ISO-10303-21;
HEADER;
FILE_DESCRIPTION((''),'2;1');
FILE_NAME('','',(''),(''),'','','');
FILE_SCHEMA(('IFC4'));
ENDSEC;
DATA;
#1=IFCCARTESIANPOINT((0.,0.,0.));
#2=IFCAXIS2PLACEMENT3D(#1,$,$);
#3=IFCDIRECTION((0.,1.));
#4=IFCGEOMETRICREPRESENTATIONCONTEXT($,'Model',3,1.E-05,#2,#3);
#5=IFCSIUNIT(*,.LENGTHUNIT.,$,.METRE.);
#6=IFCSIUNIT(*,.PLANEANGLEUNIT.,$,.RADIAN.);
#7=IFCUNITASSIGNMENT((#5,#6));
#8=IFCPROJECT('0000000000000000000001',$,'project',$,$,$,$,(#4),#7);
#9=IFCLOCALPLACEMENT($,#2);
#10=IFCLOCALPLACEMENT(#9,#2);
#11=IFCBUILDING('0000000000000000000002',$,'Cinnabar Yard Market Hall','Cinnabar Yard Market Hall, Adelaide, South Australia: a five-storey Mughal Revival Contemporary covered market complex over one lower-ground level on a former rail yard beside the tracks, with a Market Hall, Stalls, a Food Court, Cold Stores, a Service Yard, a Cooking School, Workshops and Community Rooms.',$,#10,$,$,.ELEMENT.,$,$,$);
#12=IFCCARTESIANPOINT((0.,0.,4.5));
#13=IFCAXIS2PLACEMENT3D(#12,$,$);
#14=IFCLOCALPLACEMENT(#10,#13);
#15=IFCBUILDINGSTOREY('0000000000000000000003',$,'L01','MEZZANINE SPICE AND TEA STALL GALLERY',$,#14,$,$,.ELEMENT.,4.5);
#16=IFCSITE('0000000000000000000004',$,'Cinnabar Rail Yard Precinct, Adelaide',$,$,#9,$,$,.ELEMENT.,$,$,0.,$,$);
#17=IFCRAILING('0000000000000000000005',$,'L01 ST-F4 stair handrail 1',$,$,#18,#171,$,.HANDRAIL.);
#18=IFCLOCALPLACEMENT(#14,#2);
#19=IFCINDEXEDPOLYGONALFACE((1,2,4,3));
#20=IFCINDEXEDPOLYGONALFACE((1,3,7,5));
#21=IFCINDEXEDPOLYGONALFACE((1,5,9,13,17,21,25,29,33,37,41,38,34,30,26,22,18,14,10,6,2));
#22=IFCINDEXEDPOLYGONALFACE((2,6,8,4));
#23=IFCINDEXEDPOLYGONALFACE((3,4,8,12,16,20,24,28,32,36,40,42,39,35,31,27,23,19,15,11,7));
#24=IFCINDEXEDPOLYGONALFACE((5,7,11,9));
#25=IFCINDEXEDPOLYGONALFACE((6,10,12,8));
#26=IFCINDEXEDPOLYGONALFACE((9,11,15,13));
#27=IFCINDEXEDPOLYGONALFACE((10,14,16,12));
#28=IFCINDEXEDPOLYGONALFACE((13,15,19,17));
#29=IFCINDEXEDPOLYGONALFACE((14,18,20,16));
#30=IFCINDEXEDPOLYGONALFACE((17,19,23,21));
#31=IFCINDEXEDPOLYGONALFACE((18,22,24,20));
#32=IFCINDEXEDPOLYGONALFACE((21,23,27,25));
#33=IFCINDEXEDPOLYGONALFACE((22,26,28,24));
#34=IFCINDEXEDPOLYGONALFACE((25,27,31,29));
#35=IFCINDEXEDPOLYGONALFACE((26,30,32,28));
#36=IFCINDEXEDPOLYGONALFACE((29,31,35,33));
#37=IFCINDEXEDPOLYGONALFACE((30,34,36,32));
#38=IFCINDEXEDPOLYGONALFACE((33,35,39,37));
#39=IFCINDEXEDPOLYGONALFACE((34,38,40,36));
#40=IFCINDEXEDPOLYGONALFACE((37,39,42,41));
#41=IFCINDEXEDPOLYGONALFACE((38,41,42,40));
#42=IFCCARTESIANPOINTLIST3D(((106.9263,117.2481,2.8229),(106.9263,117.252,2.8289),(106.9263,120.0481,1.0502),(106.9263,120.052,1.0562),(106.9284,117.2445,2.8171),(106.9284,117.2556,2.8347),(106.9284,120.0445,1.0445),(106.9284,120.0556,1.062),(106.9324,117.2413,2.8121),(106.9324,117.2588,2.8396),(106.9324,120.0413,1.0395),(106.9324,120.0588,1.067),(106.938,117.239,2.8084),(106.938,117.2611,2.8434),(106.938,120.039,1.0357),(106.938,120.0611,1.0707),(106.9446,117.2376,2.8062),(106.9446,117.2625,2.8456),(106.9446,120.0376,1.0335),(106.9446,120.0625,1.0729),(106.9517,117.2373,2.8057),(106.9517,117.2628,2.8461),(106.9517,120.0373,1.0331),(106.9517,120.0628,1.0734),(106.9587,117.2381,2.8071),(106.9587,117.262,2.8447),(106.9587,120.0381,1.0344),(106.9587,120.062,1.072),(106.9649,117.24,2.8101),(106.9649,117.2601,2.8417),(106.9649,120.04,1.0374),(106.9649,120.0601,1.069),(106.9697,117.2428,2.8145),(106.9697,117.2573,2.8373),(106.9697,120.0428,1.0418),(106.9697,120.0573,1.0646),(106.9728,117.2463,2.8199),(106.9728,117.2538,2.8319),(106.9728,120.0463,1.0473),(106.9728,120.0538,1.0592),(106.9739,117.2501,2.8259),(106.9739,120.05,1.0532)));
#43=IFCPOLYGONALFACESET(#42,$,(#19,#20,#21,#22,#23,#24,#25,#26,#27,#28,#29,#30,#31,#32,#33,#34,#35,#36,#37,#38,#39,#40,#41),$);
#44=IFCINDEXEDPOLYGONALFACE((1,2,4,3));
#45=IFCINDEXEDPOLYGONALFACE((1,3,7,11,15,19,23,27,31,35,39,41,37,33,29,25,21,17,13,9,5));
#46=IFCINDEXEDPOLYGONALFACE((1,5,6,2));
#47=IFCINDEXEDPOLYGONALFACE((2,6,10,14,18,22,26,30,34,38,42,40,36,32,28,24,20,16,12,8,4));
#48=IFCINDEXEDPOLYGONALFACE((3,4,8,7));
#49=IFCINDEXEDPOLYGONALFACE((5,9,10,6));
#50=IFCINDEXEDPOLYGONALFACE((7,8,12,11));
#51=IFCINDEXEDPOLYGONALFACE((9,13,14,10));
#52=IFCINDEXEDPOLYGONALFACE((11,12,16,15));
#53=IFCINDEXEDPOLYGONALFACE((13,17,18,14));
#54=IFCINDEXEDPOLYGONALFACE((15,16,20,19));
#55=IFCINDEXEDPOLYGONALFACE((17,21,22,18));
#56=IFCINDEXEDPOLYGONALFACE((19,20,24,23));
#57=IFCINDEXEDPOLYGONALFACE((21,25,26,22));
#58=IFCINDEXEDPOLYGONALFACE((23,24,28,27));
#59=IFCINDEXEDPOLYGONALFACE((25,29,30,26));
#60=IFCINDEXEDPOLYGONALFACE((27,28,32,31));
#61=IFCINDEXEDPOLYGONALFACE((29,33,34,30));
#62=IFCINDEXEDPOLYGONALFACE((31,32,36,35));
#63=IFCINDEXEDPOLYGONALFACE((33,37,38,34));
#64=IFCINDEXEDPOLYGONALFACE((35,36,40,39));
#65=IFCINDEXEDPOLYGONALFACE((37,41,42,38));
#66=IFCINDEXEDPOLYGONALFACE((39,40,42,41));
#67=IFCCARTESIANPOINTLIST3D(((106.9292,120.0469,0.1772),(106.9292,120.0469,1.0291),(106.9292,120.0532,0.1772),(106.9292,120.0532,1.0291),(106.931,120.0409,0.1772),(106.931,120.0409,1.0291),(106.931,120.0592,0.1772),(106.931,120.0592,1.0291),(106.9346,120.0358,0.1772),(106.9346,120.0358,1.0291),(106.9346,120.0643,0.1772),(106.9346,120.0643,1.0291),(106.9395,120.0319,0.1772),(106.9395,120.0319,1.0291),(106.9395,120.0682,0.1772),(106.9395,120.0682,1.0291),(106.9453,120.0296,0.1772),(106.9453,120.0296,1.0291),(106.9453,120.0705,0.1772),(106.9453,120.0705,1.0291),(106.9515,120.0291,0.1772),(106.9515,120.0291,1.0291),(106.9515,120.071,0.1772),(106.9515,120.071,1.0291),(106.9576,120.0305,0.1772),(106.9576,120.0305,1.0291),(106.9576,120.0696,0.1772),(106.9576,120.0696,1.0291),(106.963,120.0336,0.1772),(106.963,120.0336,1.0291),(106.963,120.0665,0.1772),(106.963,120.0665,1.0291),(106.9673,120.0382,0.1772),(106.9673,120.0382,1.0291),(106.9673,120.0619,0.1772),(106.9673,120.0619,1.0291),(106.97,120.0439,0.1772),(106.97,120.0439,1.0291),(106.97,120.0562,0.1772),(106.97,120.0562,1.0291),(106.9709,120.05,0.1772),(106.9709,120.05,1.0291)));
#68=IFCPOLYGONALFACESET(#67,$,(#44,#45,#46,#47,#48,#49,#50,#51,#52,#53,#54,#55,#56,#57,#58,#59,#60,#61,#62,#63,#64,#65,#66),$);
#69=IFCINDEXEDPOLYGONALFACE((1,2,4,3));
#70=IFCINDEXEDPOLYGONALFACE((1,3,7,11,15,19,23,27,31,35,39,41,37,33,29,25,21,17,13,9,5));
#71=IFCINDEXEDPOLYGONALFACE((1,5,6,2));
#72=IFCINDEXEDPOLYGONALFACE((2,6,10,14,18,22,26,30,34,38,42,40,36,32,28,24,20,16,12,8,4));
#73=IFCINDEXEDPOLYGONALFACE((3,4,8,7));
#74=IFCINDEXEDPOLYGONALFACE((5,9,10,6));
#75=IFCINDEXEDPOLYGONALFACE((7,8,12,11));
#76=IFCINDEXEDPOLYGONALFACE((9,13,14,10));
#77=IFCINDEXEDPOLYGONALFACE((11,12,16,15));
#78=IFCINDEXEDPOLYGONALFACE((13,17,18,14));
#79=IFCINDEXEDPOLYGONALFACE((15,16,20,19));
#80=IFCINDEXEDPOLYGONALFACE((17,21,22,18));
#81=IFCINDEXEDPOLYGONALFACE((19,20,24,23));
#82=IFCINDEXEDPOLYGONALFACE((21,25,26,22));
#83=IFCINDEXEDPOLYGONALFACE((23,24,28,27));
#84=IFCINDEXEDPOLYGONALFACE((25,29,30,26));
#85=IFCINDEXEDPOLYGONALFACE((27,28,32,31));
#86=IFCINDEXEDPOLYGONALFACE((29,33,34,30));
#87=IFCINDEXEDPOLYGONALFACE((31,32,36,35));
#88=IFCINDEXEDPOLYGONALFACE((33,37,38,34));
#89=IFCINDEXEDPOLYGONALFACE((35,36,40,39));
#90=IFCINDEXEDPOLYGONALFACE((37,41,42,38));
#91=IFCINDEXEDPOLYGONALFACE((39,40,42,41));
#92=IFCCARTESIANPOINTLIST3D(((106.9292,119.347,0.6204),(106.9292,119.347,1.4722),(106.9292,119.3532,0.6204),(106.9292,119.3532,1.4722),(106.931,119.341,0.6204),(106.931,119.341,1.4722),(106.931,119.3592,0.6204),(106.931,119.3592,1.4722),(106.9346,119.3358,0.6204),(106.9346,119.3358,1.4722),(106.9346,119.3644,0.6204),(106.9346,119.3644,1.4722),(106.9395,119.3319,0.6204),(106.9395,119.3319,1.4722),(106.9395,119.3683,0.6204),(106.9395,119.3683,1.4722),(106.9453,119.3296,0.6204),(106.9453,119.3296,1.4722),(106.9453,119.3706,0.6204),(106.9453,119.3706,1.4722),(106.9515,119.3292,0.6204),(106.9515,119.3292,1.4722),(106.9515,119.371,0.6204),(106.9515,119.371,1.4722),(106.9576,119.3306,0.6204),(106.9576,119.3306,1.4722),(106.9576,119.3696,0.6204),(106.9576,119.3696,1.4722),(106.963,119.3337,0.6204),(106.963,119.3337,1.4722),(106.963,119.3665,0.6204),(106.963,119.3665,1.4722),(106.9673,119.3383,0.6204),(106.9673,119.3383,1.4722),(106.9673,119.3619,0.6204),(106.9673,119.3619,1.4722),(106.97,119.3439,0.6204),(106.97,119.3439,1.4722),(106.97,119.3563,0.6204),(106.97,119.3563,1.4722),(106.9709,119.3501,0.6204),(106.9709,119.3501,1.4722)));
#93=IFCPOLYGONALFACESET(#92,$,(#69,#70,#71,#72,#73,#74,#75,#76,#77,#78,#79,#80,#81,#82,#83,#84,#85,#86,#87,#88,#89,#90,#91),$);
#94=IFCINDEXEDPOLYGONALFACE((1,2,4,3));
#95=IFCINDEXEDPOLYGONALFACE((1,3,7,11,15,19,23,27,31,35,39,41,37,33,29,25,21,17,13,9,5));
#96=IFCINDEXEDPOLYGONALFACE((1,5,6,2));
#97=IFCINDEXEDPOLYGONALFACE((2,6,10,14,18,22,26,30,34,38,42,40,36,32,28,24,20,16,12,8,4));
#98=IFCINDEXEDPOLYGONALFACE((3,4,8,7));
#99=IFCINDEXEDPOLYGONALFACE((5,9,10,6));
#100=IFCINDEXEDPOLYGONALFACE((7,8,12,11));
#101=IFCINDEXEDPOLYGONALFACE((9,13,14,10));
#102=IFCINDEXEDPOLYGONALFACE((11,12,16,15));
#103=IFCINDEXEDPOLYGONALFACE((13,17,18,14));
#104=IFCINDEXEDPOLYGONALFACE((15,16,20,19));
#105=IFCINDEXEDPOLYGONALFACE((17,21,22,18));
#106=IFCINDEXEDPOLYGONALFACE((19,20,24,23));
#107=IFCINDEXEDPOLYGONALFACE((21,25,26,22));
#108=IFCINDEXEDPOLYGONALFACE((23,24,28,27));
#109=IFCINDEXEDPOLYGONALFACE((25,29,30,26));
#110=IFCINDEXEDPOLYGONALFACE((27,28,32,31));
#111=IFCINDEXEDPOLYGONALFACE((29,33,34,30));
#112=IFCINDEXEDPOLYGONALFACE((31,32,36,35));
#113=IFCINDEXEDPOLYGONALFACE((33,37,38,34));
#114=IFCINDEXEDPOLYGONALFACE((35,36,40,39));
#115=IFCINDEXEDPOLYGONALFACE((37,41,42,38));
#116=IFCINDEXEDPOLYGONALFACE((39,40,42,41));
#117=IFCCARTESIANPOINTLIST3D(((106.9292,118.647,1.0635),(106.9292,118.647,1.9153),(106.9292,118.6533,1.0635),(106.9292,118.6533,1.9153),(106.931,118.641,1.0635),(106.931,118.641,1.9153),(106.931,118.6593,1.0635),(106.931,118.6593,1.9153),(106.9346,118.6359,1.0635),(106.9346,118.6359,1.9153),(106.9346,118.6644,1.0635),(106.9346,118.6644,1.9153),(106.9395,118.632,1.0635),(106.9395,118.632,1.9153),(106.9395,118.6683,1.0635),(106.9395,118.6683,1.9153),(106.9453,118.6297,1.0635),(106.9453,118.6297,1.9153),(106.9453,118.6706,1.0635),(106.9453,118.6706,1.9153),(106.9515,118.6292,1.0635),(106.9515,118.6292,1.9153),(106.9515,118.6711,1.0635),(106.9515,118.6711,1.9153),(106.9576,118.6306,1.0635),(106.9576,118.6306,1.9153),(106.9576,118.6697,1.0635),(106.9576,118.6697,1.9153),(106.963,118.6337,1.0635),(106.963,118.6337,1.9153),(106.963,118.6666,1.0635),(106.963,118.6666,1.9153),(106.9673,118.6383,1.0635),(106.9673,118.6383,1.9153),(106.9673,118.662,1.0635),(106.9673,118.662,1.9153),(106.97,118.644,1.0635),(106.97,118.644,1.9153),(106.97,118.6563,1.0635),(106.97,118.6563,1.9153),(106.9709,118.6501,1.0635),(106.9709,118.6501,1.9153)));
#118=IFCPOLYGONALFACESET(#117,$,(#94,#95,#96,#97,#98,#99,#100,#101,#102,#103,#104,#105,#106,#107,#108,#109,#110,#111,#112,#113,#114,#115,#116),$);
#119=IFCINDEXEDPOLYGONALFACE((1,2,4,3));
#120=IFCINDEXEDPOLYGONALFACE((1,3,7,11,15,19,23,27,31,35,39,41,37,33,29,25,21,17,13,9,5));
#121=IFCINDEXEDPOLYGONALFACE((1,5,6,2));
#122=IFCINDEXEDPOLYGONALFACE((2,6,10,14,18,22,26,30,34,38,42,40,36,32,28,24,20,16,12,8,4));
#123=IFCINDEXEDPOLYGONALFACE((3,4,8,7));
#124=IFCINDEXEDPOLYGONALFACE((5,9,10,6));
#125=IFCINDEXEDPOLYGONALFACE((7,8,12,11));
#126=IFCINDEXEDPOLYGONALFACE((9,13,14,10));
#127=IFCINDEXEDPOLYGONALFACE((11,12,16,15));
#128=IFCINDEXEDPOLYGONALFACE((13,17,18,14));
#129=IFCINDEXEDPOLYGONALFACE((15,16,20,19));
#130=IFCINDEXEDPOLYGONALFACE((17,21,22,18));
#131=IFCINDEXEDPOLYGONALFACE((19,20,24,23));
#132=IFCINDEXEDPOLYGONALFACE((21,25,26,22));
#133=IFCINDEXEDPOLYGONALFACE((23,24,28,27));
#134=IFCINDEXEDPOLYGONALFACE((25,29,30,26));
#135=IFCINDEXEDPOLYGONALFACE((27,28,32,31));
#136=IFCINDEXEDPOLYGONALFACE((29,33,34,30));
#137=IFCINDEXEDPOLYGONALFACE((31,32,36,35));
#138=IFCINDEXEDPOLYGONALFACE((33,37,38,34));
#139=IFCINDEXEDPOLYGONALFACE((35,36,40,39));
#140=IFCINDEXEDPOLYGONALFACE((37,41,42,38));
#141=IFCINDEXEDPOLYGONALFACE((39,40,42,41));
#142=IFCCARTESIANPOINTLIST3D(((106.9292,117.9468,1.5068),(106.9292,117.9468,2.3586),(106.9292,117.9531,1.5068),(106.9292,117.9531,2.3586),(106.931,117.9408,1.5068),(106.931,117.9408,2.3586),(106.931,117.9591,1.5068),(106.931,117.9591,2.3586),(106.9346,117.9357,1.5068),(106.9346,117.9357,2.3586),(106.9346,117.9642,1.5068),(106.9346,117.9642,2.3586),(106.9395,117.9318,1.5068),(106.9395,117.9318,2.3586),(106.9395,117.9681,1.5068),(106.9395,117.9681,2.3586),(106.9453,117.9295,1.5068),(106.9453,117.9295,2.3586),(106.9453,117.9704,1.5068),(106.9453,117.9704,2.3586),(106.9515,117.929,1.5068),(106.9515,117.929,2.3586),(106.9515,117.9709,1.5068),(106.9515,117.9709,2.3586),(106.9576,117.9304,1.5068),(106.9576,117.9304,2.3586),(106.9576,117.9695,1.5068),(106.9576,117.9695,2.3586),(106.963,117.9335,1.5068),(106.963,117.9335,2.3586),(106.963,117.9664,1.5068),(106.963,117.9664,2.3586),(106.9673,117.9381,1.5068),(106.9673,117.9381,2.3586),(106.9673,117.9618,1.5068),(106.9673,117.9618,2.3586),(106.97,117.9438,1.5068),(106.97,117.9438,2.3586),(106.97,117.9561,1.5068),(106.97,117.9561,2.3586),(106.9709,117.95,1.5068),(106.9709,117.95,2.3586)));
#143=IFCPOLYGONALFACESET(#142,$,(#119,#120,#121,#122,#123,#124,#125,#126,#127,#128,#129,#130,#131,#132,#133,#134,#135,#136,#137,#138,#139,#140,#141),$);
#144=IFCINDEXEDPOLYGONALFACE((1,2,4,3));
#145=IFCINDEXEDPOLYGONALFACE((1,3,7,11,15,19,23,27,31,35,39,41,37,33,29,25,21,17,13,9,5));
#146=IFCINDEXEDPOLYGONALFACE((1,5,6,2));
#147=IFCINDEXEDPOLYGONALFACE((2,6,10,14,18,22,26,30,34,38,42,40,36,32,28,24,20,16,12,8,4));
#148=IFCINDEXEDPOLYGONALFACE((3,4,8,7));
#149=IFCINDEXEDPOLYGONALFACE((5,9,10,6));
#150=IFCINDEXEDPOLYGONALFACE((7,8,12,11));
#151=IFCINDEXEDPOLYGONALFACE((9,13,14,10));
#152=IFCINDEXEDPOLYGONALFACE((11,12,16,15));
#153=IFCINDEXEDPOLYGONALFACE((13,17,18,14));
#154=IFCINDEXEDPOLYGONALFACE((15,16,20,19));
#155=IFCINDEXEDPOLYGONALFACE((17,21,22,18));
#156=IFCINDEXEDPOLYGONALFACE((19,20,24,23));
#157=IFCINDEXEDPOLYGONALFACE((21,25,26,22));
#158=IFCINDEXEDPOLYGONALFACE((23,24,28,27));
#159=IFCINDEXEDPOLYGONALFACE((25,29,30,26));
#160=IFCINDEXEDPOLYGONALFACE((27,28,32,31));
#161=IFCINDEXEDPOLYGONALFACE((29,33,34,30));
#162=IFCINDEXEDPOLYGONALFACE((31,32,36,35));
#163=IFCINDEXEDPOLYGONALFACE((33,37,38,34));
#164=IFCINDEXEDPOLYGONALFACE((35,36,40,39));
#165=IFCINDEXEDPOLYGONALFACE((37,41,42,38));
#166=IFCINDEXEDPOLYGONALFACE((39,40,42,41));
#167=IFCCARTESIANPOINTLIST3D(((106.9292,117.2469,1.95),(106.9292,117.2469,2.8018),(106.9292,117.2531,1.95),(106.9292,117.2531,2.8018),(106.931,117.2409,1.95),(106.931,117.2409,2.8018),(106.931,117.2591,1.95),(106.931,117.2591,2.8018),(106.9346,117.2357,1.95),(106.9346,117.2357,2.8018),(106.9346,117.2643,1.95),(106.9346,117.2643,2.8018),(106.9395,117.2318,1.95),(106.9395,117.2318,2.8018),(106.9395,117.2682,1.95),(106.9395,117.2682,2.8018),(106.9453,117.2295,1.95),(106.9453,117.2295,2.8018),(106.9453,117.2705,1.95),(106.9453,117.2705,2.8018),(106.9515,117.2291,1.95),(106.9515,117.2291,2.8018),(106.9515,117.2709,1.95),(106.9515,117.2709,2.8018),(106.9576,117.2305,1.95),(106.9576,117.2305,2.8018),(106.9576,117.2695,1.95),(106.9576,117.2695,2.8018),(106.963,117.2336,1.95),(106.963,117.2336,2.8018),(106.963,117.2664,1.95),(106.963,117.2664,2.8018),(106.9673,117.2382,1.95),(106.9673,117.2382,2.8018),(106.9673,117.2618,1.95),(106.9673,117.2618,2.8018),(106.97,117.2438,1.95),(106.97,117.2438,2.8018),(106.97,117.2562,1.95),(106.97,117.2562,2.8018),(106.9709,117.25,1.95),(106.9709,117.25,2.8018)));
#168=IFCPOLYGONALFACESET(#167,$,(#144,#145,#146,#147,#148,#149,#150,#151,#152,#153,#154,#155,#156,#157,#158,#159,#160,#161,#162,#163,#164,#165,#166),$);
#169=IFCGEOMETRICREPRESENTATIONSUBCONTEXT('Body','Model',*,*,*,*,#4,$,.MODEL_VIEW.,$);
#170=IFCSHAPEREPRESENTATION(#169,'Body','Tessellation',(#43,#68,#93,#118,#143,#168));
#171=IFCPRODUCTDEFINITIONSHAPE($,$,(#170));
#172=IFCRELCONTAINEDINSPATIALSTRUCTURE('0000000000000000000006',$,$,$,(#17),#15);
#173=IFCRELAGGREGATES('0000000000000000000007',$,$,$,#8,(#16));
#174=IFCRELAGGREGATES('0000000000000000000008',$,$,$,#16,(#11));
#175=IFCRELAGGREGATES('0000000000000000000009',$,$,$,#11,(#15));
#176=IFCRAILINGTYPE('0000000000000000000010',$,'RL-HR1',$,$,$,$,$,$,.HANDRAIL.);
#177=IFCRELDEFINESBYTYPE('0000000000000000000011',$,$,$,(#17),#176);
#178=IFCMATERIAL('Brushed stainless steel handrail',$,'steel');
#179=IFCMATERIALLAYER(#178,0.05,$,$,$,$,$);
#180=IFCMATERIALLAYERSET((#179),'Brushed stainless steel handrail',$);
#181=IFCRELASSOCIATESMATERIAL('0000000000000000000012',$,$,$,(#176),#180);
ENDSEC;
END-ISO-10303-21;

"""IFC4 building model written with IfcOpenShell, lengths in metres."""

from ifc_helpers import new_model, si_unit, direction, frame, origin, origin_2d_with_axis, place, context, subcontext, project, spatial, circle, extrude, material, layer, layer_set, type_object, element, save


model = new_model("IFC4")

# Units and contexts
model_context = context("Model", 3, precision=1e-05, world=origin(), true_north=direction((0.0, 1.0)))
body_context = subcontext(model_context, "Body", "Model", "MODEL_VIEW")
ifc_project = project(units=[si_unit("LENGTHUNIT", "METRE"), si_unit("PLANEANGLEUNIT", "RADIAN")], contexts=[model_context])

# Site, building, storey
site_placement = place(None, origin())
site = spatial("IfcSite", under=ifc_project, at=site_placement, Name="Cinnabar Rail Yard Precinct, Adelaide", CompositionType="ELEMENT", RefElevation=0.0)
building_placement = place(site_placement, origin())
building = spatial("IfcBuilding", under=site, at=building_placement, Name="Cinnabar Yard Market Hall", Description="Cinnabar Yard Market Hall, Adelaide, South Australia: a five-storey Mughal Revival Contemporary covered market complex over one lower-ground level on a former rail yard beside the tracks, with a Market Hall, Stalls, a Food Court, Cold Stores, a Service Yard, a Cooking School, Workshops and Community Rooms.", CompositionType="ELEMENT")
storey_placement = place(building_placement, frame((0.0, 0.0, 4.5)))
storey = spatial("IfcBuildingStorey", under=building, at=storey_placement, Name="L01", Description="MEZZANINE SPICE AND TEA STALL GALLERY", CompositionType="ELEMENT", Elevation=4.5)

# Railing
ifc_material_1 = material(Name="Brushed stainless steel handrail", Category="steel")
ifc_layer_1 = layer(ifc_material_1, 0.05)
ifc_layer_set_1 = layer_set([ifc_layer_1], Name="Brushed stainless steel handrail")
railing_type_1 = type_object("IfcRailingType", Name="RL-HR1", PredefinedType="HANDRAIL", material=ifc_layer_set_1)
railing_1_placement = place(storey_placement, frame((106.95, 120.05, 0.1772)))
element("IfcRailing", 1, at=railing_1_placement, inside=storey, type_object=railing_type_1, Name="L01 ST-F4 stair handrail 1", PredefinedType="HANDRAIL", context=body_context, shape_type="SweptSolid", body=[
    extrude(circle(Radius=0.0239, at=origin_2d_with_axis()), frame((0.0, 0.0, 0.876), z_axis=(0.0, -0.844909, 0.53491), x_axis=(1.0, 0.0, 0.0)), (0.0, 0.0, 1.0), 3.314),
    extrude(circle(Radius=0.021, at=origin_2d_with_axis()), origin(), (0.0, 0.0, 1.0), 0.8518),
    extrude(circle(Radius=0.021, at=origin_2d_with_axis()), frame((0.0, -0.7, 0.4431)), (0.0, 0.0, 1.0), 0.8518),
    extrude(circle(Radius=0.021, at=origin_2d_with_axis()), frame((0.0, -1.3999, 0.8862)), (0.0, 0.0, 1.0), 0.8518),
    extrude(circle(Radius=0.021, at=origin_2d_with_axis()), frame((0.0, -2.1001, 1.3296)), (0.0, 0.0, 1.0), 0.8518),
    extrude(circle(Radius=0.021, at=origin_2d_with_axis()), frame((0.0, -2.8, 1.7727)), (0.0, 0.0, 1.0), 0.8518),
])

save(model, "model.ifc")
